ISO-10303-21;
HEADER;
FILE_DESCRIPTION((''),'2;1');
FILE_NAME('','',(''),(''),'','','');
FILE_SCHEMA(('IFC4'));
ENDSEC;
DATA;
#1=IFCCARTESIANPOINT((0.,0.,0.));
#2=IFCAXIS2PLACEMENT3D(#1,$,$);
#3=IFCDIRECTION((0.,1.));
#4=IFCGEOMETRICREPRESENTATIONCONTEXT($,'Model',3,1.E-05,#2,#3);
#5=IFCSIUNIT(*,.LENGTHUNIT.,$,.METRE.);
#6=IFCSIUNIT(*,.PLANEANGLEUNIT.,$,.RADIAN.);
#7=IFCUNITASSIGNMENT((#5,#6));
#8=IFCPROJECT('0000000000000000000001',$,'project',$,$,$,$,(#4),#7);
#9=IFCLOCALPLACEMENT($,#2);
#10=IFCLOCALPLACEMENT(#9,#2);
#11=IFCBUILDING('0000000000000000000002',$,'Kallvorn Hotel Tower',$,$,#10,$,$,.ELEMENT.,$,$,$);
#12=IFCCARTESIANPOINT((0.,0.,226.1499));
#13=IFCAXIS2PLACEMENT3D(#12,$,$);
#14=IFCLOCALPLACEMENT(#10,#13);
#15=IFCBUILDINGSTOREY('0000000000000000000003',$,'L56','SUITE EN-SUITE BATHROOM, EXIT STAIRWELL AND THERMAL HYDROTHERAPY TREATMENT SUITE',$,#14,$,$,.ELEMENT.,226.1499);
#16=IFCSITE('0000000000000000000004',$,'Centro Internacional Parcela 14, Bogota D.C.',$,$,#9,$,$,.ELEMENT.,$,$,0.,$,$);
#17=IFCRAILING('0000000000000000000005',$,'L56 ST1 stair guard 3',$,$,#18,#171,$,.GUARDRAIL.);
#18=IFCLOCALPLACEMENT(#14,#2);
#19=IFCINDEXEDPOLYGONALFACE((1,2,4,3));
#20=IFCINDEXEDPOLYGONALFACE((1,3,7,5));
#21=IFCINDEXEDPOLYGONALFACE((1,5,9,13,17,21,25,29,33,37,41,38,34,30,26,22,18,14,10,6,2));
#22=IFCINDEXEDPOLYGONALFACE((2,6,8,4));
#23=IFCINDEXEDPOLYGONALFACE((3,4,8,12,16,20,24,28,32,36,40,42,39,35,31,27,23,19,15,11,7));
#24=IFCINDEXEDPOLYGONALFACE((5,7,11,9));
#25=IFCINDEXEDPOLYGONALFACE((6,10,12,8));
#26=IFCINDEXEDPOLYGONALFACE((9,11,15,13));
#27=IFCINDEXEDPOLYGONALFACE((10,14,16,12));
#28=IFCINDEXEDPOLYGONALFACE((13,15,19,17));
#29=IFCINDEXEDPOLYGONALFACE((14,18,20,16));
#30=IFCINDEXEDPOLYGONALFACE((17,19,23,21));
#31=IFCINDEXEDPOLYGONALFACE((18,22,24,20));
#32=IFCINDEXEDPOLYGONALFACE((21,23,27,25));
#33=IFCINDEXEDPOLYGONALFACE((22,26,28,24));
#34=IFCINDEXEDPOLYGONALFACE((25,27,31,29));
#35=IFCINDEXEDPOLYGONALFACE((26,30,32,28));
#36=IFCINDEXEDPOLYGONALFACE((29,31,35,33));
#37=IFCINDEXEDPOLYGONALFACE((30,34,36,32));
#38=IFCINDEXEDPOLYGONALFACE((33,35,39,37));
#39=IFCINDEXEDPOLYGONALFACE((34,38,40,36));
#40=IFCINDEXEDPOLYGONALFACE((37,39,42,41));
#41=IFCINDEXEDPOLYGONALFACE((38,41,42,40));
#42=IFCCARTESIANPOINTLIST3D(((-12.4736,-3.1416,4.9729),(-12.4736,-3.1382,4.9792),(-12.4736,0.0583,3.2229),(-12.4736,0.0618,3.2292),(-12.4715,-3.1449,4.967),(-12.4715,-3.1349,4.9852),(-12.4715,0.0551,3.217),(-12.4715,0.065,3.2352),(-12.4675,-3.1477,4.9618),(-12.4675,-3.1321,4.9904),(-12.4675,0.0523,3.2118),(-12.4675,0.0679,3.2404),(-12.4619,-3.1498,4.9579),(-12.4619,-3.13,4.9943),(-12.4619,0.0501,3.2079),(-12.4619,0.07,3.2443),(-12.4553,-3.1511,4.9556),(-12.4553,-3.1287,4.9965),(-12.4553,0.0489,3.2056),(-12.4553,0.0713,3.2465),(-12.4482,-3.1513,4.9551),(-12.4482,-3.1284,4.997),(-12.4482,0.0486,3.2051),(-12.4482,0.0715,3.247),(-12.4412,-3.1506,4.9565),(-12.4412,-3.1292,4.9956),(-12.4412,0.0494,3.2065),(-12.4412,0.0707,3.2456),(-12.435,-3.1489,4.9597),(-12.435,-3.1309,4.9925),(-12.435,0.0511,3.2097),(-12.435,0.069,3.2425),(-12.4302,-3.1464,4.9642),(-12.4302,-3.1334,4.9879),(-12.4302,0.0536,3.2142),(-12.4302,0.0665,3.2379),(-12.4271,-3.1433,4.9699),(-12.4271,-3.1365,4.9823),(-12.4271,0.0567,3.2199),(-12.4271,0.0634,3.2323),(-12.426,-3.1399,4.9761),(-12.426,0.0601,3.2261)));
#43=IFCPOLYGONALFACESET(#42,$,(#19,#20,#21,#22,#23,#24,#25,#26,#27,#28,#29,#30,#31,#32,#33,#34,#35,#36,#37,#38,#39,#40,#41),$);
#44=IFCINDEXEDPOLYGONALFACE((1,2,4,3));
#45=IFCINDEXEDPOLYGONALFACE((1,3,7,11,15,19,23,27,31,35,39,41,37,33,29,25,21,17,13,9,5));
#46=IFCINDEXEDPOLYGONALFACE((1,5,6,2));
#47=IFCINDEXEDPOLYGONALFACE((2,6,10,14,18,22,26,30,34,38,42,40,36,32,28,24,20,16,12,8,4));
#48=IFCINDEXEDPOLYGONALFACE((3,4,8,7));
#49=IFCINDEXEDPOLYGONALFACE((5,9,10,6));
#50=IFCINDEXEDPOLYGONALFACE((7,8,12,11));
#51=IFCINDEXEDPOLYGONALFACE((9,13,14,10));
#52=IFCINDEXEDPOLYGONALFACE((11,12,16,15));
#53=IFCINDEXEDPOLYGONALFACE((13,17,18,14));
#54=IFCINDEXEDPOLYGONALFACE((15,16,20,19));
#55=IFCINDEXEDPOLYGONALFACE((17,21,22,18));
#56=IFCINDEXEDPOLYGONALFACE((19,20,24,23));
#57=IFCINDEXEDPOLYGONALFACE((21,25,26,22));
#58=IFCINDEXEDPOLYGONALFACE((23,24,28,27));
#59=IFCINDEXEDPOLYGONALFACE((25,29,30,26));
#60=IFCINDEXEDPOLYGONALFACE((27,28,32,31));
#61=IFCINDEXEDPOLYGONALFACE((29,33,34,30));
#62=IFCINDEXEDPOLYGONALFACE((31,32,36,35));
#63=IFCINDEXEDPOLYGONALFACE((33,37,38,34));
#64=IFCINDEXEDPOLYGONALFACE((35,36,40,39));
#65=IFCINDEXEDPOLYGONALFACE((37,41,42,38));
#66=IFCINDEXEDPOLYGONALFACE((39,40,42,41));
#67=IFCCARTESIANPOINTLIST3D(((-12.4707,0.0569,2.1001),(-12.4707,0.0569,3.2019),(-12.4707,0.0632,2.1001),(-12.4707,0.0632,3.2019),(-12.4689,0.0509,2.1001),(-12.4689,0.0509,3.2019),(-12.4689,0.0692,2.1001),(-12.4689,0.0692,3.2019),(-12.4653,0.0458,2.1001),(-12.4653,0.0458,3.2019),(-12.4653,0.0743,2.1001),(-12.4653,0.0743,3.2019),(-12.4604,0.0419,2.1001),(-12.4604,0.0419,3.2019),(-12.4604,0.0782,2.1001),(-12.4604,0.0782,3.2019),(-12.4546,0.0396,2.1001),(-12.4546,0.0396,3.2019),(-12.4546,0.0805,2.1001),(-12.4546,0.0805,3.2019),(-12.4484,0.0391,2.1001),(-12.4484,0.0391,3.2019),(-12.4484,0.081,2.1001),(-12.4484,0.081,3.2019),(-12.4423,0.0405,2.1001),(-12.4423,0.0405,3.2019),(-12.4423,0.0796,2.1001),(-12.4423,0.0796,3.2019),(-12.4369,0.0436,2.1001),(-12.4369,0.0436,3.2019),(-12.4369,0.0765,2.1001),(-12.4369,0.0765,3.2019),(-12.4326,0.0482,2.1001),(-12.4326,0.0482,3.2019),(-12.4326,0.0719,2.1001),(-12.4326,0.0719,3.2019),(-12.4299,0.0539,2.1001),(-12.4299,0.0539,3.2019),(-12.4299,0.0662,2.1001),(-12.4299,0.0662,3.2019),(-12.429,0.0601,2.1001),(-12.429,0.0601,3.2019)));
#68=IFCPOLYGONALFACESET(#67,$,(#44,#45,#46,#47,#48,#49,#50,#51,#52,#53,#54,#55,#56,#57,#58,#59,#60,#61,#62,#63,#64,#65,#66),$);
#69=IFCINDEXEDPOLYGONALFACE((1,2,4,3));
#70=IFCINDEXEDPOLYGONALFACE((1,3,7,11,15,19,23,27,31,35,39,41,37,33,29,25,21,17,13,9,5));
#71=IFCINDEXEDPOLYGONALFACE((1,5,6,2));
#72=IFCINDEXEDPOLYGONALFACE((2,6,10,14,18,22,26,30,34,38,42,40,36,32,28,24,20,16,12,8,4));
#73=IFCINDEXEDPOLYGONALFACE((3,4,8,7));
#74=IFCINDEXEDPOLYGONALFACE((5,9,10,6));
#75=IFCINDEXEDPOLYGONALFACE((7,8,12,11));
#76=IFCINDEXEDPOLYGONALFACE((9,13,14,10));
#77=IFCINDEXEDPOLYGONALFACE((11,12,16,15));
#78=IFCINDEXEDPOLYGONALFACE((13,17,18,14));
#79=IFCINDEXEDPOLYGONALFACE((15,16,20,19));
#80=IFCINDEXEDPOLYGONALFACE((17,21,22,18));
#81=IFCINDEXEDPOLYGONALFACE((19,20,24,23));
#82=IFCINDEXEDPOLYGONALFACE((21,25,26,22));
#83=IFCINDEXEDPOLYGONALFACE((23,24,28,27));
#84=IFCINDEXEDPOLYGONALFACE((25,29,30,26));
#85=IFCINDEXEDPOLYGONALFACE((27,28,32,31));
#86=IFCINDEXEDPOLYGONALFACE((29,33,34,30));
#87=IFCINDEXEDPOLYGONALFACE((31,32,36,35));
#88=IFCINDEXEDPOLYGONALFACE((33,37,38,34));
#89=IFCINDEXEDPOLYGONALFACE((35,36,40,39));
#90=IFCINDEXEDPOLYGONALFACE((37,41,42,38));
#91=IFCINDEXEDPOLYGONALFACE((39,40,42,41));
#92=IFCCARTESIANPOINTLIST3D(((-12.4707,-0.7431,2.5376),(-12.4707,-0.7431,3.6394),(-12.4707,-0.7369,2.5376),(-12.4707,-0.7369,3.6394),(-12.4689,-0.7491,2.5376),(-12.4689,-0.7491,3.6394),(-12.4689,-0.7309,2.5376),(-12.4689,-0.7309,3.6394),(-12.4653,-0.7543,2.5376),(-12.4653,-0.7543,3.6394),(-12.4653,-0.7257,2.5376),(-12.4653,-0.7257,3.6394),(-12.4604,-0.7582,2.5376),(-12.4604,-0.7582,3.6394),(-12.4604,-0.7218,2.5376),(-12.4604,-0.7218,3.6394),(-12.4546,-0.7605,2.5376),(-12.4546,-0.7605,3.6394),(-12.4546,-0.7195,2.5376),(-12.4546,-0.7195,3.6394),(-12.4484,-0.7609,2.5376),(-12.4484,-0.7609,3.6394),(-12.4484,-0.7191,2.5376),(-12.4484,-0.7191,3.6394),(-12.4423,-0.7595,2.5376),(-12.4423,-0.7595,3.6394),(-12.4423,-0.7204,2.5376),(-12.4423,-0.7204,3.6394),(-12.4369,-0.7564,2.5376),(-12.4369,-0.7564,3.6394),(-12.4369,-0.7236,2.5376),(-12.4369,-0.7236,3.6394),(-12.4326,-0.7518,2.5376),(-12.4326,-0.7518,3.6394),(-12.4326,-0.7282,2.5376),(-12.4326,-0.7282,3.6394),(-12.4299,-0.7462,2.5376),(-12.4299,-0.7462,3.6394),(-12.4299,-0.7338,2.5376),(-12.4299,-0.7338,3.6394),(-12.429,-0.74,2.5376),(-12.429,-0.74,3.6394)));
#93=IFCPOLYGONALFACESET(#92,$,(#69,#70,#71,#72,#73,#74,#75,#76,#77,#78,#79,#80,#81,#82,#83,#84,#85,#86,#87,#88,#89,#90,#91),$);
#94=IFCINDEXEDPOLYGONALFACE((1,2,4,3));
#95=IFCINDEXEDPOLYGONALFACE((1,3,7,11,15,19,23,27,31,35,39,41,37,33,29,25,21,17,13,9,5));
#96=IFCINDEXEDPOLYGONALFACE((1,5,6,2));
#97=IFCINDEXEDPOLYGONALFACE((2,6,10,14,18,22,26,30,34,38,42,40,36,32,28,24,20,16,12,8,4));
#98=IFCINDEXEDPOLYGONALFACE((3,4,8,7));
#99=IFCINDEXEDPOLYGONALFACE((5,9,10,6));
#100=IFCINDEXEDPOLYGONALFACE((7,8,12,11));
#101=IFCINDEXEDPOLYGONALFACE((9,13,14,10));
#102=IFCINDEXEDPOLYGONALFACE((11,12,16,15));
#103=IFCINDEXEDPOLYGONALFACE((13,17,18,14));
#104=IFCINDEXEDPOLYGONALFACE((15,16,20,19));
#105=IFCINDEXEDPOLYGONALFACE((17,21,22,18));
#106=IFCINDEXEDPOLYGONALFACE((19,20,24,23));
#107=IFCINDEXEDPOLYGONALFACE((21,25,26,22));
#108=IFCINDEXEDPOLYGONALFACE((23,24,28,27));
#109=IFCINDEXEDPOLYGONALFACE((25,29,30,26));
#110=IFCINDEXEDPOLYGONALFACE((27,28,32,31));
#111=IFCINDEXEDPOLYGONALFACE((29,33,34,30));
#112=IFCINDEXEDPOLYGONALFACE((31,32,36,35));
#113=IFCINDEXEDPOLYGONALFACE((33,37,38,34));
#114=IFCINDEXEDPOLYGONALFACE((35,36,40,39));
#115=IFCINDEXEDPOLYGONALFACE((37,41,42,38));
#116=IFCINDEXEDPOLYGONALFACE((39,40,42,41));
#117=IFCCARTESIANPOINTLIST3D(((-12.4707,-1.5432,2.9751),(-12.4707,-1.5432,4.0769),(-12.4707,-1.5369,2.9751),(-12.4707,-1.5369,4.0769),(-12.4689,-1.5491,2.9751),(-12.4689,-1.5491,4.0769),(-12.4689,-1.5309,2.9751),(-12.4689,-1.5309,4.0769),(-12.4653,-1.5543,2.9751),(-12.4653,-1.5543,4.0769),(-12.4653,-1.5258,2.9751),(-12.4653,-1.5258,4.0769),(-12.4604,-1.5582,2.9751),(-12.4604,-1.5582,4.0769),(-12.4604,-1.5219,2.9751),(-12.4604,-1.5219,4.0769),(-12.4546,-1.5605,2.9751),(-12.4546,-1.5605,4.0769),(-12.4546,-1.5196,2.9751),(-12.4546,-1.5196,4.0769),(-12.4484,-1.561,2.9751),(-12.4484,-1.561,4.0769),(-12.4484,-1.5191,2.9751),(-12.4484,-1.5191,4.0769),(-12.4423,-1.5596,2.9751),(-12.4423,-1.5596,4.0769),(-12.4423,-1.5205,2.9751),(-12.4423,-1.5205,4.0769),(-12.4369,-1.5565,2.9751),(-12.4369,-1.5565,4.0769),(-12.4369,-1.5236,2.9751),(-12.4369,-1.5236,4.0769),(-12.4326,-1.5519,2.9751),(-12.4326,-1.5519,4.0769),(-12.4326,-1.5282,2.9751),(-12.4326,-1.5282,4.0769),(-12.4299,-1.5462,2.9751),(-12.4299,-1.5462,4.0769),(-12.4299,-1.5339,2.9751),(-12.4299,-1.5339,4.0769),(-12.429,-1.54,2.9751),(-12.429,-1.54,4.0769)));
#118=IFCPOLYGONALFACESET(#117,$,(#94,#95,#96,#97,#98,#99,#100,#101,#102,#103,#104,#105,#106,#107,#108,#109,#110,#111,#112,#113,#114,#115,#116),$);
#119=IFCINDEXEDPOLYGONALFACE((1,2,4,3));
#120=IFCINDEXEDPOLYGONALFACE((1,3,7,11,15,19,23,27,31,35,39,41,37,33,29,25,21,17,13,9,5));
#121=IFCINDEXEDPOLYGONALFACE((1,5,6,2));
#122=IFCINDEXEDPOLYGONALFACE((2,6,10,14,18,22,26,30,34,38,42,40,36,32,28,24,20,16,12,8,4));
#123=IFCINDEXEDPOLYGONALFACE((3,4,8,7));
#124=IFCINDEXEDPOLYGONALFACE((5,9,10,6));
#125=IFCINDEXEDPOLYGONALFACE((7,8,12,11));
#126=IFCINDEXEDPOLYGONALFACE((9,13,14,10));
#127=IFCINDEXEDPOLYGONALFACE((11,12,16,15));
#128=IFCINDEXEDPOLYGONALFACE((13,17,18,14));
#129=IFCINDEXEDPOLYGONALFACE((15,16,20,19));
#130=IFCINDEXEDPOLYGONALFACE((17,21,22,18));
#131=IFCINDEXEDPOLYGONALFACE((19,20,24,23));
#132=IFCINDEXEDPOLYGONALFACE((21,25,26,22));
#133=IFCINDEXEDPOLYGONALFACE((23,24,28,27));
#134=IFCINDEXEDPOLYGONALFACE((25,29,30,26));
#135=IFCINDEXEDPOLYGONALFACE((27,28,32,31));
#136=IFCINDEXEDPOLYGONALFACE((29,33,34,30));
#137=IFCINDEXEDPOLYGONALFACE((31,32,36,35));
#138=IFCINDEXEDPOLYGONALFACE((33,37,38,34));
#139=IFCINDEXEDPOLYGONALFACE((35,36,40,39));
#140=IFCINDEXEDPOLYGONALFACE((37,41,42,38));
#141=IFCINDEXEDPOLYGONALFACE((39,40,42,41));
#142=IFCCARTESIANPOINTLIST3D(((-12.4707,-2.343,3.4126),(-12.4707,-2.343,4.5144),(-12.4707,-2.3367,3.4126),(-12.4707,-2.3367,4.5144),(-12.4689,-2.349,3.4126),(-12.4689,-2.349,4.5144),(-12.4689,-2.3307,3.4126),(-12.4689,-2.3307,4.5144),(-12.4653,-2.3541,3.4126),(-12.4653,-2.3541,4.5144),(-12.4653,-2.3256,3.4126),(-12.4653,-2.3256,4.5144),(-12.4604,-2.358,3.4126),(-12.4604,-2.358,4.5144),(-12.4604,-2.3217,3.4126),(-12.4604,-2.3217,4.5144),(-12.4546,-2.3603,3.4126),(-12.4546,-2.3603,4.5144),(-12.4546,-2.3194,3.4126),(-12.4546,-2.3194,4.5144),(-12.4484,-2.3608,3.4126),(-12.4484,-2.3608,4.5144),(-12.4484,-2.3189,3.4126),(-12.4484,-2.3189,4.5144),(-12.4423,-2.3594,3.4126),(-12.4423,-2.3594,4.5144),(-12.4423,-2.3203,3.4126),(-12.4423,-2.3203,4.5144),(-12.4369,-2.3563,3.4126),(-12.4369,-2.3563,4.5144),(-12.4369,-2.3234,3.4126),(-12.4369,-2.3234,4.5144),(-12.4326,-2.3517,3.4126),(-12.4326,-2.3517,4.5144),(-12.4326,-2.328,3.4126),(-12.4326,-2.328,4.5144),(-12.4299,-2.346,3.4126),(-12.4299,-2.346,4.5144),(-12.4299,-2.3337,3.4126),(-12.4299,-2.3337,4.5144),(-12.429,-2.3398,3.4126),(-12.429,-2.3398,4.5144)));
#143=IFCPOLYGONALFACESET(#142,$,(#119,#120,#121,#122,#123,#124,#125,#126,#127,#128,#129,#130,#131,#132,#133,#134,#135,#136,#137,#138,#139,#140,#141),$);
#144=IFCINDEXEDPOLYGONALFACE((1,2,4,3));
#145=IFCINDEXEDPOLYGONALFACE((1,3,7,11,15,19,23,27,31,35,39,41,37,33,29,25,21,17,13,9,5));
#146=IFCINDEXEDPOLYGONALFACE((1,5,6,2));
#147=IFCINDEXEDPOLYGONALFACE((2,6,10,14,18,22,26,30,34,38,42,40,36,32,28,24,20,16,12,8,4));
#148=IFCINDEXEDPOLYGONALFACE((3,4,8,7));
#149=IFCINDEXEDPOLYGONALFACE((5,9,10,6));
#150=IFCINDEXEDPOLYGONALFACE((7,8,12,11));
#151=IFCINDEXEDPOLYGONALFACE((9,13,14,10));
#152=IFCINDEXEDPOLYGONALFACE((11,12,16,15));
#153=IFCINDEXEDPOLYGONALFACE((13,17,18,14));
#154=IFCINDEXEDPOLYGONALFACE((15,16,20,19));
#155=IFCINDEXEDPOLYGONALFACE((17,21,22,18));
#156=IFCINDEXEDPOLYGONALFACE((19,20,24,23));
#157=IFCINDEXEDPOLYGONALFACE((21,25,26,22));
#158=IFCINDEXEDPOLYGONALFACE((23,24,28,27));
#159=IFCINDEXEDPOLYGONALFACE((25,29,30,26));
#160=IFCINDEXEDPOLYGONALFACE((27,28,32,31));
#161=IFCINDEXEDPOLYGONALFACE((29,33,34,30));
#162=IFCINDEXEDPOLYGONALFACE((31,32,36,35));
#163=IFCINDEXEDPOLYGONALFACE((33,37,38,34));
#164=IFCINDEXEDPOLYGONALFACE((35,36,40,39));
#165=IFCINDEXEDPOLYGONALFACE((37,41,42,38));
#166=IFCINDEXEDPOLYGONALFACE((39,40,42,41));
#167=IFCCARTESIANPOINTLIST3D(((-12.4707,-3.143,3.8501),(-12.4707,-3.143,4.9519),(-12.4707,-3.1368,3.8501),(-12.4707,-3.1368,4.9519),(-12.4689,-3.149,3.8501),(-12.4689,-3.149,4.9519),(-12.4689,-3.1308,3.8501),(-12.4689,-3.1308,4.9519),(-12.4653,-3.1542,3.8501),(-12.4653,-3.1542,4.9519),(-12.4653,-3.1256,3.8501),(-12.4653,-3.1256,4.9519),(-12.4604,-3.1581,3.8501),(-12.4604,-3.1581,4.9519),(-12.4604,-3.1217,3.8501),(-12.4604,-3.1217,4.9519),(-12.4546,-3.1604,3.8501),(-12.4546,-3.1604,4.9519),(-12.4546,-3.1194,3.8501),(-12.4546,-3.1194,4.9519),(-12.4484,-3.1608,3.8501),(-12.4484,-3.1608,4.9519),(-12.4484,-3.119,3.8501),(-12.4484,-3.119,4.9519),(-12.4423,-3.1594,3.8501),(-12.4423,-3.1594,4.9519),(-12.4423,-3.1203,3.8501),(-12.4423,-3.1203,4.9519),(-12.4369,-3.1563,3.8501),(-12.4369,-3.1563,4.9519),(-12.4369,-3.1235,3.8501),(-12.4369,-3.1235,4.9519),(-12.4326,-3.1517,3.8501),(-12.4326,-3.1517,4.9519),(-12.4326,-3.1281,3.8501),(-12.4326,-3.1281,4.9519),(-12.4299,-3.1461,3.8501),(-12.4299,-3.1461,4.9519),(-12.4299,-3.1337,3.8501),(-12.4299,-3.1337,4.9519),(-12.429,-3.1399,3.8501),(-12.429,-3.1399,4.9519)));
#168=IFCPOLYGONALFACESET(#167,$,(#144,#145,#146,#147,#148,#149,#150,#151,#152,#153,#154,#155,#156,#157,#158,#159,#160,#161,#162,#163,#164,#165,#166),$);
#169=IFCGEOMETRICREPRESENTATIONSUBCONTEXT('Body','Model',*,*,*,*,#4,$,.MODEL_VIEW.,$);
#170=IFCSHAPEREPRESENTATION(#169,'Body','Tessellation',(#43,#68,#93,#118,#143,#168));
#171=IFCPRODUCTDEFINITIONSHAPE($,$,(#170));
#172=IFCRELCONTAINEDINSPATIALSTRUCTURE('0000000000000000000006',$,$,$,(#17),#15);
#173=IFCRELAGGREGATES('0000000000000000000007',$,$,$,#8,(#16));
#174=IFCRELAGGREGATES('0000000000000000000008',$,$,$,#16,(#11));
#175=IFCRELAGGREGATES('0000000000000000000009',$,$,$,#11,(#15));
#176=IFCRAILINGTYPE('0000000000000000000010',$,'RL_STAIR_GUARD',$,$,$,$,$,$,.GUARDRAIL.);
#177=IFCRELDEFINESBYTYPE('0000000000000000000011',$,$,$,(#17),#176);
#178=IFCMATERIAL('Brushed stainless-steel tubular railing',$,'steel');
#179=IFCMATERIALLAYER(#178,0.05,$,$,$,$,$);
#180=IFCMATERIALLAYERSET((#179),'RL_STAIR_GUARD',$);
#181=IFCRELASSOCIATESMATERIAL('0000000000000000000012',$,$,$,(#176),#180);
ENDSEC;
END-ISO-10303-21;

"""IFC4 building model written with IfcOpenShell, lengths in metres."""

from ifc_helpers import new_model, si_unit, direction, frame, origin, origin_2d, place, context, subcontext, project, spatial, circle, extrude, material, layer, layer_set, type_object, element, save


model = new_model("IFC4")

# Units and contexts
model_context = context("Model", 3, precision=1e-05, world=origin(), true_north=direction((0.0, 1.0)))
body_context = subcontext(model_context, "Body", "Model", "MODEL_VIEW")
ifc_project = project(units=[si_unit("LENGTHUNIT", "METRE"), si_unit("PLANEANGLEUNIT", "RADIAN")], contexts=[model_context])

# Site, building, storey
site_placement = place(None, origin())
site = spatial("IfcSite", under=ifc_project, at=site_placement, Name="Centro Internacional Parcela 14, Bogota D.C.", CompositionType="ELEMENT", RefElevation=0.0)
building_placement = place(site_placement, origin())
building = spatial("IfcBuilding", under=site, at=building_placement, Name="Kallvorn Hotel Tower", CompositionType="ELEMENT")
storey_placement = place(building_placement, frame((0.0, 0.0, 226.1499)))
storey = spatial("IfcBuildingStorey", under=building, at=storey_placement, Name="L56", Description="SUITE EN-SUITE BATHROOM, EXIT STAIRWELL AND THERMAL HYDROTHERAPY TREATMENT SUITE", CompositionType="ELEMENT", Elevation=226.1499)

# Railing
ifc_material_1 = material(Name="Brushed stainless-steel tubular railing", Category="steel")
ifc_layer_1 = layer(ifc_material_1, 0.05)
ifc_layer_set_1 = layer_set([ifc_layer_1], Name="RL_STAIR_GUARD")
railing_type_1 = type_object("IfcRailingType", Name="RL_STAIR_GUARD", PredefinedType="GUARDRAIL", material=ifc_layer_set_1)
railing_1_placement = place(storey_placement, frame((-12.45, 0.0601, 2.1001)))
element("IfcRailing", 1, at=railing_1_placement, inside=storey, type_object=railing_type_1, Name="L56 ST1 stair guard 3", PredefinedType="GUARDRAIL", context=body_context, shape_type="SweptSolid", body=[
    extrude(circle(Radius=0.0239, at=origin_2d()), frame((0.0, 0.0, 1.126), z_axis=(0.0, -0.877368, 0.479818), x_axis=(1.0, 0.0, 0.0)), (0.0, 0.0, 1.0), 3.6472),
    extrude(circle(Radius=0.021, at=origin_2d()), origin(), (0.0, 0.0, 1.0), 1.1018),
    extrude(circle(Radius=0.021, at=origin_2d()), frame((0.0, -0.8, 0.4375)), (0.0, 0.0, 1.0), 1.1018),
    extrude(circle(Radius=0.021, at=origin_2d()), frame((0.0, -1.6001, 0.875)), (0.0, 0.0, 1.0), 1.1018),
    extrude(circle(Radius=0.021, at=origin_2d()), frame((0.0, -2.3999, 1.3125)), (0.0, 0.0, 1.0), 1.1018),
    extrude(circle(Radius=0.021, at=origin_2d()), frame((0.0, -3.2, 1.75)), (0.0, 0.0, 1.0), 1.1018),
])

save(model, "model.ifc")
